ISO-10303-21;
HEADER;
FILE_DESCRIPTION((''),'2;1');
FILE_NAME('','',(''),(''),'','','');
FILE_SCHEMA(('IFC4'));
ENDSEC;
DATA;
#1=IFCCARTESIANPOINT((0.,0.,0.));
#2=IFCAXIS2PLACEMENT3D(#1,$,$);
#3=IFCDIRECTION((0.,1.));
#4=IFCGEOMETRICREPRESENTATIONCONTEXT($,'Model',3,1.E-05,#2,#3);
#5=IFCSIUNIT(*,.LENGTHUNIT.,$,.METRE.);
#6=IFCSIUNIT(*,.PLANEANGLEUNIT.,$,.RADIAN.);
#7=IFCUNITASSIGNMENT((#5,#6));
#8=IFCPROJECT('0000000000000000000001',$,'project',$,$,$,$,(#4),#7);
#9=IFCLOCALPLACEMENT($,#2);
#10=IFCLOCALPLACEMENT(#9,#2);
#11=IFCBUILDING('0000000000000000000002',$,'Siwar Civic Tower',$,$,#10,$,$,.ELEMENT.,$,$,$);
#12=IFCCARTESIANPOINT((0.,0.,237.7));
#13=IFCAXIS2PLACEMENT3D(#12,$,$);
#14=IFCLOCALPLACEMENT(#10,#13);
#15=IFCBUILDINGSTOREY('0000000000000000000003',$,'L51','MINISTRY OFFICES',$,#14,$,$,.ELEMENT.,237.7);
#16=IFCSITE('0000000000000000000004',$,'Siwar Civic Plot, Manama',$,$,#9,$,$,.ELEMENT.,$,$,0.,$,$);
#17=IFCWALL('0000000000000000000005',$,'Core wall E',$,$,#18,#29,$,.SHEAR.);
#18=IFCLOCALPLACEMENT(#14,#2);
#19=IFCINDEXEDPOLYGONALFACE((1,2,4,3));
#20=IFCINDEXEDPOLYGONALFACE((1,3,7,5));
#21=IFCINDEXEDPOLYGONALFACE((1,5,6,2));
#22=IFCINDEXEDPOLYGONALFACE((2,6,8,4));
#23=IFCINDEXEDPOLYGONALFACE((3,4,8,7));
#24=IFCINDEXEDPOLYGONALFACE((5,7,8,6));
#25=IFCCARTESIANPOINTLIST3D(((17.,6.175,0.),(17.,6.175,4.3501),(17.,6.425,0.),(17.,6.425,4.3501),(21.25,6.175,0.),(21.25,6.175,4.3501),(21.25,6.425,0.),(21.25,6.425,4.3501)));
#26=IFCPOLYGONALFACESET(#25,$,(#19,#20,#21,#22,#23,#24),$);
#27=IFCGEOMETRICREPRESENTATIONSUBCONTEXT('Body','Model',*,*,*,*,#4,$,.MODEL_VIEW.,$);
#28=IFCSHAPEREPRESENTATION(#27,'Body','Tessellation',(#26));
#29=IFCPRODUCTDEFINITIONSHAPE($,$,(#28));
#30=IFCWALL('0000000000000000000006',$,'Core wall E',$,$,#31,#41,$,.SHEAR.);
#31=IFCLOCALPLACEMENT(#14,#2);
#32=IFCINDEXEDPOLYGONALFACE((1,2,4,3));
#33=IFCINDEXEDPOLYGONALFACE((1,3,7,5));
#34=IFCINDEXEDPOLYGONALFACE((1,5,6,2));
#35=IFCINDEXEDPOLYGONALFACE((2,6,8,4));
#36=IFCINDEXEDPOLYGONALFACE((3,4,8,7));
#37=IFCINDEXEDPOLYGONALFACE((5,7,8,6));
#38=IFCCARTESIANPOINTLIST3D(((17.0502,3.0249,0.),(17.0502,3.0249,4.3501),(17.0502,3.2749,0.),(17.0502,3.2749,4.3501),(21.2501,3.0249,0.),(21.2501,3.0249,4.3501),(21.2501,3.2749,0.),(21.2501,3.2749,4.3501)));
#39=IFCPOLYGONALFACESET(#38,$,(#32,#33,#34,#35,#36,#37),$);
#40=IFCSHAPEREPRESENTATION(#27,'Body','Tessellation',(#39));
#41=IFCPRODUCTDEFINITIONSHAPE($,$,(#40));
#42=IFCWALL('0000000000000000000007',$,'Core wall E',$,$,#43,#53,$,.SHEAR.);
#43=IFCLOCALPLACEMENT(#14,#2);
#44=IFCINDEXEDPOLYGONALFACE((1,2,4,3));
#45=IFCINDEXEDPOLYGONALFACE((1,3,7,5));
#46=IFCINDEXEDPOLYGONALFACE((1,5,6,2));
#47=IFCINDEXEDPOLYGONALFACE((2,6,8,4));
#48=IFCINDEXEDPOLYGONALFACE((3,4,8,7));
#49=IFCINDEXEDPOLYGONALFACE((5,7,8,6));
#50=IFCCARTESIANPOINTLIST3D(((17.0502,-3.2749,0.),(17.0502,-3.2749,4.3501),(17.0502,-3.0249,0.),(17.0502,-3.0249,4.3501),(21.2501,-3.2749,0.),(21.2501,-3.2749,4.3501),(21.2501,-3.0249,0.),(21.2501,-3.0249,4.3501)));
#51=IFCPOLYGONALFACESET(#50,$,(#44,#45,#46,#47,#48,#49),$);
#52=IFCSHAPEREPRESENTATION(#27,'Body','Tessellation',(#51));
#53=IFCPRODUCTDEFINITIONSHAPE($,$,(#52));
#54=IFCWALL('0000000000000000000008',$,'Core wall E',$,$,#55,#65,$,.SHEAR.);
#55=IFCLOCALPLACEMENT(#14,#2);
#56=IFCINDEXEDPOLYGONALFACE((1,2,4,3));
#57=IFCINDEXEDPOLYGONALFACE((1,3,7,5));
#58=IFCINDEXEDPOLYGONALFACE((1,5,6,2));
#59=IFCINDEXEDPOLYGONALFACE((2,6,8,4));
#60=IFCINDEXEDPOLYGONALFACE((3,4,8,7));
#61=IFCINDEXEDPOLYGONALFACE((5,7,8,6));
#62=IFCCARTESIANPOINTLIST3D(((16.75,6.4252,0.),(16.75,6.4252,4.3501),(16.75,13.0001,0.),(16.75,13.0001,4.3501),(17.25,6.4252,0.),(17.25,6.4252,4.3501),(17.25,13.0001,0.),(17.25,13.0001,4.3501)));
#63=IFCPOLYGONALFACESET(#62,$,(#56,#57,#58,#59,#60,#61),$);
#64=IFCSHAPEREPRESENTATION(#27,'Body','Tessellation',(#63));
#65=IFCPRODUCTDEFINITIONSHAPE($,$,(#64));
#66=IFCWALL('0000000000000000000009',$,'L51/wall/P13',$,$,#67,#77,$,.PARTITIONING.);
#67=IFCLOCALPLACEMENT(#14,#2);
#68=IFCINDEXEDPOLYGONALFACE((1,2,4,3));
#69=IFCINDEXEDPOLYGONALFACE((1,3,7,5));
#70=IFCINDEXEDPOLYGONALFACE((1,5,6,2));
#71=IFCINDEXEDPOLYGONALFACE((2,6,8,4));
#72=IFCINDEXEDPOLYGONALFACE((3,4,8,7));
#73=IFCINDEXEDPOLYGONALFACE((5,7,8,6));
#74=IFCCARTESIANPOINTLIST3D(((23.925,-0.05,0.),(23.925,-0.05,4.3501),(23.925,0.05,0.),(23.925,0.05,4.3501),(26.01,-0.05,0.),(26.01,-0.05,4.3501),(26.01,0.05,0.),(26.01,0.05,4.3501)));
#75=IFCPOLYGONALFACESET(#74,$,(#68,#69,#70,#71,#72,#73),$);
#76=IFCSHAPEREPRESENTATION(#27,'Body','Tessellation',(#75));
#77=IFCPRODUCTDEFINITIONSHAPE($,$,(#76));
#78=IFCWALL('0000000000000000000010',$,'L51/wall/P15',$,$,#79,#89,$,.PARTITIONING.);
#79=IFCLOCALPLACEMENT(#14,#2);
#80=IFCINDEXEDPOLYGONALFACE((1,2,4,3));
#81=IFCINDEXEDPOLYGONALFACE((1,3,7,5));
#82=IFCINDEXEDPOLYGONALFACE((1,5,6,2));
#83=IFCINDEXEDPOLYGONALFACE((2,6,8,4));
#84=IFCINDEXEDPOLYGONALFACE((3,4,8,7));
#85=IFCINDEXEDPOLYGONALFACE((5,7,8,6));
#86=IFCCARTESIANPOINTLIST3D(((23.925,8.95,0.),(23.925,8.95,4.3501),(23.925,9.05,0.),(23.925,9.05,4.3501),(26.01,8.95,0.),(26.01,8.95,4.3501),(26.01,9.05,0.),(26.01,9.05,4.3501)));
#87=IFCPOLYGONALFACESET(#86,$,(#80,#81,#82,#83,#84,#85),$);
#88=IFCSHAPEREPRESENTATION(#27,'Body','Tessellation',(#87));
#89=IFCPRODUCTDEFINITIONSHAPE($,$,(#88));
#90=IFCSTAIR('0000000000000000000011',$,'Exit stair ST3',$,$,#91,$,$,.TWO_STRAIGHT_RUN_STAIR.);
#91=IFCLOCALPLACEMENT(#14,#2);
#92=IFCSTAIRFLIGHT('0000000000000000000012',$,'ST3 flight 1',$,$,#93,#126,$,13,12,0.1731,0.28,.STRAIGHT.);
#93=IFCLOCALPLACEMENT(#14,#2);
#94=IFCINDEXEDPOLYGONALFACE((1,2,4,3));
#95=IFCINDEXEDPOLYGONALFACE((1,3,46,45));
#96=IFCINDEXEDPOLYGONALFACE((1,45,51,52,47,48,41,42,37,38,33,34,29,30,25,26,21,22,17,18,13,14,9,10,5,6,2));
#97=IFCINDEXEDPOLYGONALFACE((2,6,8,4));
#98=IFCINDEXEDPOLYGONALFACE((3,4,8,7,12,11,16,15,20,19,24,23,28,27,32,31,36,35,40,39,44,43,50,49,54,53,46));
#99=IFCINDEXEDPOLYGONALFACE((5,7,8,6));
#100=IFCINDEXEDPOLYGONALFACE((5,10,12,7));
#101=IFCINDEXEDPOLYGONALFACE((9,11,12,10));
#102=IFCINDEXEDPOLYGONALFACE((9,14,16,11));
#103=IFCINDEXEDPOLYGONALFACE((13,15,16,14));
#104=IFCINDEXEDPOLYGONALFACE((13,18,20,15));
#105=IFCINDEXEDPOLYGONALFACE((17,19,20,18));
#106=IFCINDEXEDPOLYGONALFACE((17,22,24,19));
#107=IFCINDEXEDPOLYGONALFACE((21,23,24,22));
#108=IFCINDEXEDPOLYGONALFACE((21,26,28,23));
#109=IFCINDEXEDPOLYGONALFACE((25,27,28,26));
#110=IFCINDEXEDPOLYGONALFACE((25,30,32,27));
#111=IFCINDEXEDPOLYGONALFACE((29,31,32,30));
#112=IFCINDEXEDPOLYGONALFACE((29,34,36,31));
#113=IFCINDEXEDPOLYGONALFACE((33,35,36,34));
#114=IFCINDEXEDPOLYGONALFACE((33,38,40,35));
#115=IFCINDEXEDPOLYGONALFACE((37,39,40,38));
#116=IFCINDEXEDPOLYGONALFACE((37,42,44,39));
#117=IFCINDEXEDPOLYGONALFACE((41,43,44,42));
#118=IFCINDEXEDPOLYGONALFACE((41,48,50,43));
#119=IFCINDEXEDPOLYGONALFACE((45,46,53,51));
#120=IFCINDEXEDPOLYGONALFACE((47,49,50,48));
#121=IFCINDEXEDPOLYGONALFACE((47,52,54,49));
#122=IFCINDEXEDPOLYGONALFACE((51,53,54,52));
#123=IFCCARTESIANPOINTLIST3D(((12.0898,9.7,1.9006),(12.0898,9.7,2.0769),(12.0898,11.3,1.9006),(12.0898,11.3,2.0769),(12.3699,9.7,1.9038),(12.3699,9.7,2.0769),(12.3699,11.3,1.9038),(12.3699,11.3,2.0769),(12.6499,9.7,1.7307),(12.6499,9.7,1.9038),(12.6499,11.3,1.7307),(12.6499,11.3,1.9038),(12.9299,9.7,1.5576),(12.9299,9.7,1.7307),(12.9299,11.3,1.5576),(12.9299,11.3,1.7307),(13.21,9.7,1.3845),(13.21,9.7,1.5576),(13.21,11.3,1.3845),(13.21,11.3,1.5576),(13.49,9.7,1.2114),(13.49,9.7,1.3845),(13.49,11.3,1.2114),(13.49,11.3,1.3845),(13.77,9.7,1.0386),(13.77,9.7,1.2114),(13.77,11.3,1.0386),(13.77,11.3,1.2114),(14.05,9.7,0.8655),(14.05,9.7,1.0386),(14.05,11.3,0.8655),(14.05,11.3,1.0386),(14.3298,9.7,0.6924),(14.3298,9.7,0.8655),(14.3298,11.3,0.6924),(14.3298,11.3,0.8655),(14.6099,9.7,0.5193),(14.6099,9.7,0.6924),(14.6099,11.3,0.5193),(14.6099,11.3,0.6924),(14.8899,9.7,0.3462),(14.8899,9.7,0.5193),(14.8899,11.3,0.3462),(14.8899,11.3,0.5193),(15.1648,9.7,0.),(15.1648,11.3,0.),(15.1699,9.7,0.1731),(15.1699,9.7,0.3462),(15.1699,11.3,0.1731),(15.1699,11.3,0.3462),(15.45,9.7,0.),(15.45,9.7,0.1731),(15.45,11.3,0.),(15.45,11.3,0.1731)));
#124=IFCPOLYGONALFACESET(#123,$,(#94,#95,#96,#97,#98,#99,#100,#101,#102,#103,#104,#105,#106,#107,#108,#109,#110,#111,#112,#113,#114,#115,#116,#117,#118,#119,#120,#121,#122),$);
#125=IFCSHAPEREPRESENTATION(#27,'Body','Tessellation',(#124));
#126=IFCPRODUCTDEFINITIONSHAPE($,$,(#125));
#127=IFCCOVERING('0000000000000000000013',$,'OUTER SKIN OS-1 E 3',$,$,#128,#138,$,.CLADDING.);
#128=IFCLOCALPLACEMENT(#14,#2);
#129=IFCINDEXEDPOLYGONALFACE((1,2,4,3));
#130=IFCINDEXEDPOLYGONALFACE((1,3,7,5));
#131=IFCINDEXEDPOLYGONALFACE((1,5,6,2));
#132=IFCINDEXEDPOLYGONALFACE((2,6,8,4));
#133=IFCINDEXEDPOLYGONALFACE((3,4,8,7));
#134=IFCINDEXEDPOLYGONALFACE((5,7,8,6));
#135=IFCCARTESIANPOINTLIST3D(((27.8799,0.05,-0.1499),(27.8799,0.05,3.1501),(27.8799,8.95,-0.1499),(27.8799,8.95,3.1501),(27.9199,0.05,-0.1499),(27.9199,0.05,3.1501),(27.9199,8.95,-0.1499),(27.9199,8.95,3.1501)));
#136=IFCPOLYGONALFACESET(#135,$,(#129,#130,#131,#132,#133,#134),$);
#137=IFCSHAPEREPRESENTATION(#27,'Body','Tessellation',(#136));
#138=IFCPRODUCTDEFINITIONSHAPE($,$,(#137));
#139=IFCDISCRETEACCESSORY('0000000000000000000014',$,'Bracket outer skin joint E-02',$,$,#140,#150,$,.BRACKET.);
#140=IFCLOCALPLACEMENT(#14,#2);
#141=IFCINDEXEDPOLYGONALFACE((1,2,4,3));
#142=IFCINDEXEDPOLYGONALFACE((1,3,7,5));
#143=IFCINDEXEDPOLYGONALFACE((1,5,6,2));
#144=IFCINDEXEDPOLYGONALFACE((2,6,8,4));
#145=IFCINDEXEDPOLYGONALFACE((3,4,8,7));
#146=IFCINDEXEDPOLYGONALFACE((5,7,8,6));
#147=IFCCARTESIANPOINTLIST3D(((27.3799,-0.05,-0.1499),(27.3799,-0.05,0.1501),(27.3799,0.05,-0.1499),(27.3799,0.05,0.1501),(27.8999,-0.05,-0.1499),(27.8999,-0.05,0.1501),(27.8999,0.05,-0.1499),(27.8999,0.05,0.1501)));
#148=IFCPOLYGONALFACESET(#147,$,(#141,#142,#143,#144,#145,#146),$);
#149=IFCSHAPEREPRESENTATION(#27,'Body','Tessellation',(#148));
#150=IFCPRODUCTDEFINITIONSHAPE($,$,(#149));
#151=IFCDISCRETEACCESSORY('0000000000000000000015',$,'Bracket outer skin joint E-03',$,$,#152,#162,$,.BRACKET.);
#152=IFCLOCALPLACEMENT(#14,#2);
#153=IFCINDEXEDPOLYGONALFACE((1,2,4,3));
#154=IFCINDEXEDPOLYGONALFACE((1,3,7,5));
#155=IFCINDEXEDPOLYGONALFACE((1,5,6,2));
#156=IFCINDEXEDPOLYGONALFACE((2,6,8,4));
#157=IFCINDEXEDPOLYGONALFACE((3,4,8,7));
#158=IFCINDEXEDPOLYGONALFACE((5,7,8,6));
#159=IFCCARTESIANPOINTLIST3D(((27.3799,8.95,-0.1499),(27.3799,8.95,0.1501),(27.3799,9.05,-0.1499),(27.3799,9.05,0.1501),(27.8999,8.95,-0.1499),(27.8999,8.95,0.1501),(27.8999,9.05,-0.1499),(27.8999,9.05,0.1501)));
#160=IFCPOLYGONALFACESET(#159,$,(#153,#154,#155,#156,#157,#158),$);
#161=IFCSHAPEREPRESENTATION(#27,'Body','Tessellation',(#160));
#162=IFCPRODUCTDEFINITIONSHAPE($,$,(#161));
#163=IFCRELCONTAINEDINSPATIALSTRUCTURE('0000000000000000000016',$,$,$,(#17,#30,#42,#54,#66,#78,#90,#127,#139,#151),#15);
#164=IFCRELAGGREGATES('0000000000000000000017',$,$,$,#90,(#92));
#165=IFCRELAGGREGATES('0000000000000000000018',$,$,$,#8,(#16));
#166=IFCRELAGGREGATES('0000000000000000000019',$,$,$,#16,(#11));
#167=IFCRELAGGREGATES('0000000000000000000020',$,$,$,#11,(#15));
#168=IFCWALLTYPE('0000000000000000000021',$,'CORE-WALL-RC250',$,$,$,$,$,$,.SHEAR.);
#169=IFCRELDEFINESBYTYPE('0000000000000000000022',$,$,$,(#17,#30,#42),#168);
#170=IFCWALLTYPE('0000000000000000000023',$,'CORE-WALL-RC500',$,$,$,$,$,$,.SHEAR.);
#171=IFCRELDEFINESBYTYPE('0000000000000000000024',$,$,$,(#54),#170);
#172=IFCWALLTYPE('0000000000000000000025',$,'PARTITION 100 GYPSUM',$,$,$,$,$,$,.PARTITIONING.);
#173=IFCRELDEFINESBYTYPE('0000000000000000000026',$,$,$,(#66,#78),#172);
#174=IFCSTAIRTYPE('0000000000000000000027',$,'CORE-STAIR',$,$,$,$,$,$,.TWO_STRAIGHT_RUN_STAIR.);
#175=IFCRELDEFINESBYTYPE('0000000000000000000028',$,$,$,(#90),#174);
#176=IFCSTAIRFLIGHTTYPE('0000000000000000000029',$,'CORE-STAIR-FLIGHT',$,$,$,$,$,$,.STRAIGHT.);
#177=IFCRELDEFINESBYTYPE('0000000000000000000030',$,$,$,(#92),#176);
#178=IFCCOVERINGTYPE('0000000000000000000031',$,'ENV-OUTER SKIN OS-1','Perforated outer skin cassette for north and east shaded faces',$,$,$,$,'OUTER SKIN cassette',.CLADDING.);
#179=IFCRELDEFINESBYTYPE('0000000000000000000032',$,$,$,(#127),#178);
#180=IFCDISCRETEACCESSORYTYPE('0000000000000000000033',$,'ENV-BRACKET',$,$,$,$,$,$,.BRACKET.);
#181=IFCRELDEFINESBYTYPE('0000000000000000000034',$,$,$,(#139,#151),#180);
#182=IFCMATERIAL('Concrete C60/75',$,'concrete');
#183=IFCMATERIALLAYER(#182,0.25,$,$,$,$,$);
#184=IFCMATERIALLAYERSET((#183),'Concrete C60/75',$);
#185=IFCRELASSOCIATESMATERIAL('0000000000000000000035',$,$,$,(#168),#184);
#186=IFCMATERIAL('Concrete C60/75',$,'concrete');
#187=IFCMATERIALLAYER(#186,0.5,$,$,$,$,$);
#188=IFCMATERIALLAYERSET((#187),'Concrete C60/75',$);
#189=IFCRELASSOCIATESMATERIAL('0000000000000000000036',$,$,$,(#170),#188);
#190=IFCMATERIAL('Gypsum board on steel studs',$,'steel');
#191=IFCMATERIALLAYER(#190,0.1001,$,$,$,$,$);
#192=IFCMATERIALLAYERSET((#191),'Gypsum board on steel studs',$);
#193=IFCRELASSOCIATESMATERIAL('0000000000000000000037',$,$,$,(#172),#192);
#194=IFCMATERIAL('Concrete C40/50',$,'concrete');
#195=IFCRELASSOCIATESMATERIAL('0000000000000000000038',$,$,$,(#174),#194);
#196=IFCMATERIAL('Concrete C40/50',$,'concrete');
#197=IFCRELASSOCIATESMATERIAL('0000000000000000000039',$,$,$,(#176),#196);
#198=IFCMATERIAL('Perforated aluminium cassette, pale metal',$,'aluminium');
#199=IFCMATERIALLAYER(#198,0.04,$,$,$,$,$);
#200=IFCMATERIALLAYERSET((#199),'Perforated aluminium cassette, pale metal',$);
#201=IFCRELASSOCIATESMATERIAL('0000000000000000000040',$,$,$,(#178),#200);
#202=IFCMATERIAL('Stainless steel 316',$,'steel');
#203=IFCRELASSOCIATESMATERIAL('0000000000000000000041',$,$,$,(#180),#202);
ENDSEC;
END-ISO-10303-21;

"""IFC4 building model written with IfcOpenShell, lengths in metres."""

from ifc_helpers import new_model, si_unit, direction, frame, frame_2d, origin, origin_2d, place, context, subcontext, project, spatial, polyline, rectangle, outline, extrude, material, layer, layer_set, type_object, element, aggregate, save


model = new_model("IFC4")

# Units and contexts
model_context = context("Model", 3, precision=1e-05, world=origin(), true_north=direction((0.0, 1.0)))
body_context = subcontext(model_context, "Body", "Model", "MODEL_VIEW")
ifc_project = project(units=[si_unit("LENGTHUNIT", "METRE"), si_unit("PLANEANGLEUNIT", "RADIAN")], contexts=[model_context])

# Site, building, storey
site_placement = place(None, origin())
site = spatial("IfcSite", under=ifc_project, at=site_placement, Name="Siwar Civic Plot, Manama", CompositionType="ELEMENT", RefElevation=0.0)
building_placement = place(site_placement, origin())
building = spatial("IfcBuilding", under=site, at=building_placement, Name="Siwar Civic Tower", CompositionType="ELEMENT")
storey_placement = place(building_placement, frame((0.0, 0.0, 237.7)))
storey = spatial("IfcBuildingStorey", under=building, at=storey_placement, Name="L51", Description="MINISTRY OFFICES", CompositionType="ELEMENT", Elevation=237.7)

# Walls
ifc_material_1 = material(Name="Concrete C60/75", Category="concrete")
ifc_layer_1 = layer(ifc_material_1, 0.25)
ifc_layer_set_1 = layer_set([ifc_layer_1], Name="Concrete C60/75")
wall_type_1 = type_object("IfcWallType", Name="CORE-WALL-RC250", PredefinedType="SHEAR", material=ifc_layer_set_1)
wall_1_placement = place(storey_placement, frame((17.0, 6.3, 0.0), z_axis=(0.0, 0.0, 1.0), x_axis=(1.0, 0.0, 0.0)))
element("IfcWall", 1, at=wall_1_placement, inside=storey, type_object=wall_type_1, Name="Core wall E", PredefinedType="SHEAR", context=body_context, shape_type="SweptSolid", body=[
    extrude(rectangle(XDim=4.25, YDim=0.25, at=frame_2d((2.125, 0.0))), origin(), (0.0, 0.0, 1.0), 4.3501),
])
for number, where, z_axis, x_axis, name in (
    (2, (17.05, 3.1499, 0.0), (0.0, 0.0, 1.0), (1.0, 0.0, 0.0), "Core wall E"),
    (3, (17.05, -3.1499, 0.0), (0.0, 0.0, 1.0), (1.0, 0.0, 0.0), "Core wall E"),
):
    element("IfcWall", number, at=place(storey_placement, frame(where, z_axis=z_axis, x_axis=x_axis)), inside=storey, type_object=wall_type_1, Name=name, PredefinedType="SHEAR", context=body_context, shape_type="SweptSolid", body=[
        extrude(rectangle(XDim=4.2, YDim=0.25, at=frame_2d((2.1001, 0.0))), origin(), (0.0, 0.0, 1.0), 4.3501),
    ])
ifc_material_2 = material(Name="Concrete C60/75", Category="concrete")
ifc_layer_2 = layer(ifc_material_2, 0.5)
ifc_layer_set_2 = layer_set([ifc_layer_2], Name="Concrete C60/75")
wall_type_2 = type_object("IfcWallType", Name="CORE-WALL-RC500", PredefinedType="SHEAR", material=ifc_layer_set_2)
wall_2_placement = place(storey_placement, frame((17.0, 6.425, 0.0), z_axis=(0.0, 0.0, 1.0), x_axis=(0.0, 1.0, 0.0)))
element("IfcWall", 4, at=wall_2_placement, inside=storey, type_object=wall_type_2, Name="Core wall E", PredefinedType="SHEAR", context=body_context, shape_type="SweptSolid", body=[
    extrude(rectangle(XDim=6.575, YDim=0.5, at=frame_2d((3.2876, 0.0))), origin(), (0.0, 0.0, 1.0), 4.3501),
])
ifc_material_3 = material(Name="Gypsum board on steel studs", Category="steel")
ifc_layer_3 = layer(ifc_material_3, 0.1001)
ifc_layer_set_3 = layer_set([ifc_layer_3], Name="Gypsum board on steel studs")
wall_type_3 = type_object("IfcWallType", Name="PARTITION 100 GYPSUM", PredefinedType="PARTITIONING", material=ifc_layer_set_3)
for number, where, z_axis, x_axis, name in (
    (5, (23.925, 0.0, 0.0), (0.0, 0.0, 1.0), (1.0, 0.0, 0.0), "L51/wall/P13"),
    (6, (23.925, 9.0, 0.0), (0.0, 0.0, 1.0), (1.0, 0.0, 0.0), "L51/wall/P15"),
):
    element("IfcWall", number, at=place(storey_placement, frame(where, z_axis=z_axis, x_axis=x_axis)), inside=storey, type_object=wall_type_3, Name=name, PredefinedType="PARTITIONING", context=body_context, shape_type="SweptSolid", body=[
        extrude(rectangle(XDim=2.085, YDim=0.1001, at=frame_2d((1.0425, 0.0))), origin(), (0.0, 0.0, 1.0), 4.3501),
    ])

# Stair, stair flight
ifc_material_4 = material(Name="Concrete C40/50", Category="concrete")
stair_type = type_object("IfcStairType", Name="CORE-STAIR", PredefinedType="TWO_STRAIGHT_RUN_STAIR", material=ifc_material_4)
stair_placement = place(storey_placement, origin())
stair = element("IfcStair", 7, at=stair_placement, inside=storey, type_object=stair_type, Name="Exit stair ST3", PredefinedType="TWO_STRAIGHT_RUN_STAIR")
ifc_material_5 = material(Name="Concrete C40/50", Category="concrete")
stair_flight_type = type_object("IfcStairFlightType", Name="CORE-STAIR-FLIGHT", PredefinedType="STRAIGHT", material=ifc_material_5)
stair_flight_placement = place(storey_placement, frame((15.45, 10.5, 0.0), z_axis=(0.0, 0.0, 1.0), x_axis=(-1.0, 0.0, 0.0)))
stair_flight = element("IfcStairFlight", 8, at=stair_flight_placement, type_object=stair_flight_type, Name="ST3 flight 1", NumberOfRisers=13, NumberOfTreads=12, PredefinedType="STRAIGHT", RiserHeight=0.1731, TreadLength=0.28, context=body_context, shape_type="SweptSolid", body=[
    extrude(outline(polyline([(0.0, 0.0), (0.0, 0.1731), (0.28, 0.1731), (0.28, 0.3462), (0.5601, 0.3462), (0.5601, 0.5193), (0.8401, 0.5193), (0.8401, 0.6924), (1.1201, 0.6924), (1.1201, 0.8655), (1.3999, 0.8655), (1.3999, 1.0386), (1.6799, 1.0386), (1.6799, 1.2114), (1.96, 1.2114), (1.96, 1.3845), (2.24, 1.3845), (2.24, 1.5576), (2.52, 1.5576), (2.52, 1.7307), (2.8, 1.7307), (2.8, 1.9038), (3.0801, 1.9038), (3.0801, 2.0769), (3.3601, 2.0769), (3.3601, 2.25), (3.3601, 1.9006), (0.2852, 0.0), (0.0, 0.0)])), frame((0.0, 0.8, 0.0), z_axis=(0.0, -1.0, 0.0), x_axis=(1.0, 0.0, 0.0)), (0.0, 0.0, 1.0), 1.6001),
])
aggregate(stair, [stair_flight])

# Covering
ifc_material_6 = material(Name="Perforated aluminium cassette, pale metal", Category="aluminium")
ifc_layer_4 = layer(ifc_material_6, 0.04)
ifc_layer_set_4 = layer_set([ifc_layer_4], Name="Perforated aluminium cassette, pale metal")
covering_type = type_object("IfcCoveringType", Name="ENV-OUTER SKIN OS-1", Description="Perforated outer skin cassette for north and east shaded faces", ElementType="OUTER SKIN cassette", PredefinedType="CLADDING", material=ifc_layer_set_4)
covering_placement = place(storey_placement, frame((27.8999, 4.5, -0.1499), z_axis=(0.0, 0.0, 1.0), x_axis=(0.0, 1.0, 0.0)))
element("IfcCovering", 9, at=covering_placement, inside=storey, type_object=covering_type, Name="OUTER SKIN OS-1 E 3", PredefinedType="CLADDING", context=body_context, shape_type="SweptSolid", body=[
    extrude(rectangle(XDim=8.8999, YDim=0.04, at=origin_2d()), origin(), (0.0, 0.0, 1.0), 3.3),
])

# Discrete accessories
ifc_material_7 = material(Name="Stainless steel 316", Category="steel")
discrete_accessory_type = type_object("IfcDiscreteAccessoryType", Name="ENV-BRACKET", PredefinedType="BRACKET", material=ifc_material_7)
for number, where, z_axis, x_axis, name in (
    (10, (27.6399, 0.0, -0.1499), (0.0, 0.0, 1.0), (1.0, 0.0, 0.0), "Bracket outer skin joint E-02"),
    (11, (27.6399, 9.0, -0.1499), (0.0, 0.0, 1.0), (1.0, 0.0, 0.0), "Bracket outer skin joint E-03"),
):
    element("IfcDiscreteAccessory", number, at=place(storey_placement, frame(where, z_axis=z_axis, x_axis=x_axis)), inside=storey, type_object=discrete_accessory_type, Name=name, PredefinedType="BRACKET", context=body_context, shape_type="SweptSolid", body=[
        extrude(rectangle(XDim=0.52, YDim=0.1001, at=origin_2d()), origin(), (0.0, 0.0, 1.0), 0.3),
    ])

save(model, "model.ifc")
